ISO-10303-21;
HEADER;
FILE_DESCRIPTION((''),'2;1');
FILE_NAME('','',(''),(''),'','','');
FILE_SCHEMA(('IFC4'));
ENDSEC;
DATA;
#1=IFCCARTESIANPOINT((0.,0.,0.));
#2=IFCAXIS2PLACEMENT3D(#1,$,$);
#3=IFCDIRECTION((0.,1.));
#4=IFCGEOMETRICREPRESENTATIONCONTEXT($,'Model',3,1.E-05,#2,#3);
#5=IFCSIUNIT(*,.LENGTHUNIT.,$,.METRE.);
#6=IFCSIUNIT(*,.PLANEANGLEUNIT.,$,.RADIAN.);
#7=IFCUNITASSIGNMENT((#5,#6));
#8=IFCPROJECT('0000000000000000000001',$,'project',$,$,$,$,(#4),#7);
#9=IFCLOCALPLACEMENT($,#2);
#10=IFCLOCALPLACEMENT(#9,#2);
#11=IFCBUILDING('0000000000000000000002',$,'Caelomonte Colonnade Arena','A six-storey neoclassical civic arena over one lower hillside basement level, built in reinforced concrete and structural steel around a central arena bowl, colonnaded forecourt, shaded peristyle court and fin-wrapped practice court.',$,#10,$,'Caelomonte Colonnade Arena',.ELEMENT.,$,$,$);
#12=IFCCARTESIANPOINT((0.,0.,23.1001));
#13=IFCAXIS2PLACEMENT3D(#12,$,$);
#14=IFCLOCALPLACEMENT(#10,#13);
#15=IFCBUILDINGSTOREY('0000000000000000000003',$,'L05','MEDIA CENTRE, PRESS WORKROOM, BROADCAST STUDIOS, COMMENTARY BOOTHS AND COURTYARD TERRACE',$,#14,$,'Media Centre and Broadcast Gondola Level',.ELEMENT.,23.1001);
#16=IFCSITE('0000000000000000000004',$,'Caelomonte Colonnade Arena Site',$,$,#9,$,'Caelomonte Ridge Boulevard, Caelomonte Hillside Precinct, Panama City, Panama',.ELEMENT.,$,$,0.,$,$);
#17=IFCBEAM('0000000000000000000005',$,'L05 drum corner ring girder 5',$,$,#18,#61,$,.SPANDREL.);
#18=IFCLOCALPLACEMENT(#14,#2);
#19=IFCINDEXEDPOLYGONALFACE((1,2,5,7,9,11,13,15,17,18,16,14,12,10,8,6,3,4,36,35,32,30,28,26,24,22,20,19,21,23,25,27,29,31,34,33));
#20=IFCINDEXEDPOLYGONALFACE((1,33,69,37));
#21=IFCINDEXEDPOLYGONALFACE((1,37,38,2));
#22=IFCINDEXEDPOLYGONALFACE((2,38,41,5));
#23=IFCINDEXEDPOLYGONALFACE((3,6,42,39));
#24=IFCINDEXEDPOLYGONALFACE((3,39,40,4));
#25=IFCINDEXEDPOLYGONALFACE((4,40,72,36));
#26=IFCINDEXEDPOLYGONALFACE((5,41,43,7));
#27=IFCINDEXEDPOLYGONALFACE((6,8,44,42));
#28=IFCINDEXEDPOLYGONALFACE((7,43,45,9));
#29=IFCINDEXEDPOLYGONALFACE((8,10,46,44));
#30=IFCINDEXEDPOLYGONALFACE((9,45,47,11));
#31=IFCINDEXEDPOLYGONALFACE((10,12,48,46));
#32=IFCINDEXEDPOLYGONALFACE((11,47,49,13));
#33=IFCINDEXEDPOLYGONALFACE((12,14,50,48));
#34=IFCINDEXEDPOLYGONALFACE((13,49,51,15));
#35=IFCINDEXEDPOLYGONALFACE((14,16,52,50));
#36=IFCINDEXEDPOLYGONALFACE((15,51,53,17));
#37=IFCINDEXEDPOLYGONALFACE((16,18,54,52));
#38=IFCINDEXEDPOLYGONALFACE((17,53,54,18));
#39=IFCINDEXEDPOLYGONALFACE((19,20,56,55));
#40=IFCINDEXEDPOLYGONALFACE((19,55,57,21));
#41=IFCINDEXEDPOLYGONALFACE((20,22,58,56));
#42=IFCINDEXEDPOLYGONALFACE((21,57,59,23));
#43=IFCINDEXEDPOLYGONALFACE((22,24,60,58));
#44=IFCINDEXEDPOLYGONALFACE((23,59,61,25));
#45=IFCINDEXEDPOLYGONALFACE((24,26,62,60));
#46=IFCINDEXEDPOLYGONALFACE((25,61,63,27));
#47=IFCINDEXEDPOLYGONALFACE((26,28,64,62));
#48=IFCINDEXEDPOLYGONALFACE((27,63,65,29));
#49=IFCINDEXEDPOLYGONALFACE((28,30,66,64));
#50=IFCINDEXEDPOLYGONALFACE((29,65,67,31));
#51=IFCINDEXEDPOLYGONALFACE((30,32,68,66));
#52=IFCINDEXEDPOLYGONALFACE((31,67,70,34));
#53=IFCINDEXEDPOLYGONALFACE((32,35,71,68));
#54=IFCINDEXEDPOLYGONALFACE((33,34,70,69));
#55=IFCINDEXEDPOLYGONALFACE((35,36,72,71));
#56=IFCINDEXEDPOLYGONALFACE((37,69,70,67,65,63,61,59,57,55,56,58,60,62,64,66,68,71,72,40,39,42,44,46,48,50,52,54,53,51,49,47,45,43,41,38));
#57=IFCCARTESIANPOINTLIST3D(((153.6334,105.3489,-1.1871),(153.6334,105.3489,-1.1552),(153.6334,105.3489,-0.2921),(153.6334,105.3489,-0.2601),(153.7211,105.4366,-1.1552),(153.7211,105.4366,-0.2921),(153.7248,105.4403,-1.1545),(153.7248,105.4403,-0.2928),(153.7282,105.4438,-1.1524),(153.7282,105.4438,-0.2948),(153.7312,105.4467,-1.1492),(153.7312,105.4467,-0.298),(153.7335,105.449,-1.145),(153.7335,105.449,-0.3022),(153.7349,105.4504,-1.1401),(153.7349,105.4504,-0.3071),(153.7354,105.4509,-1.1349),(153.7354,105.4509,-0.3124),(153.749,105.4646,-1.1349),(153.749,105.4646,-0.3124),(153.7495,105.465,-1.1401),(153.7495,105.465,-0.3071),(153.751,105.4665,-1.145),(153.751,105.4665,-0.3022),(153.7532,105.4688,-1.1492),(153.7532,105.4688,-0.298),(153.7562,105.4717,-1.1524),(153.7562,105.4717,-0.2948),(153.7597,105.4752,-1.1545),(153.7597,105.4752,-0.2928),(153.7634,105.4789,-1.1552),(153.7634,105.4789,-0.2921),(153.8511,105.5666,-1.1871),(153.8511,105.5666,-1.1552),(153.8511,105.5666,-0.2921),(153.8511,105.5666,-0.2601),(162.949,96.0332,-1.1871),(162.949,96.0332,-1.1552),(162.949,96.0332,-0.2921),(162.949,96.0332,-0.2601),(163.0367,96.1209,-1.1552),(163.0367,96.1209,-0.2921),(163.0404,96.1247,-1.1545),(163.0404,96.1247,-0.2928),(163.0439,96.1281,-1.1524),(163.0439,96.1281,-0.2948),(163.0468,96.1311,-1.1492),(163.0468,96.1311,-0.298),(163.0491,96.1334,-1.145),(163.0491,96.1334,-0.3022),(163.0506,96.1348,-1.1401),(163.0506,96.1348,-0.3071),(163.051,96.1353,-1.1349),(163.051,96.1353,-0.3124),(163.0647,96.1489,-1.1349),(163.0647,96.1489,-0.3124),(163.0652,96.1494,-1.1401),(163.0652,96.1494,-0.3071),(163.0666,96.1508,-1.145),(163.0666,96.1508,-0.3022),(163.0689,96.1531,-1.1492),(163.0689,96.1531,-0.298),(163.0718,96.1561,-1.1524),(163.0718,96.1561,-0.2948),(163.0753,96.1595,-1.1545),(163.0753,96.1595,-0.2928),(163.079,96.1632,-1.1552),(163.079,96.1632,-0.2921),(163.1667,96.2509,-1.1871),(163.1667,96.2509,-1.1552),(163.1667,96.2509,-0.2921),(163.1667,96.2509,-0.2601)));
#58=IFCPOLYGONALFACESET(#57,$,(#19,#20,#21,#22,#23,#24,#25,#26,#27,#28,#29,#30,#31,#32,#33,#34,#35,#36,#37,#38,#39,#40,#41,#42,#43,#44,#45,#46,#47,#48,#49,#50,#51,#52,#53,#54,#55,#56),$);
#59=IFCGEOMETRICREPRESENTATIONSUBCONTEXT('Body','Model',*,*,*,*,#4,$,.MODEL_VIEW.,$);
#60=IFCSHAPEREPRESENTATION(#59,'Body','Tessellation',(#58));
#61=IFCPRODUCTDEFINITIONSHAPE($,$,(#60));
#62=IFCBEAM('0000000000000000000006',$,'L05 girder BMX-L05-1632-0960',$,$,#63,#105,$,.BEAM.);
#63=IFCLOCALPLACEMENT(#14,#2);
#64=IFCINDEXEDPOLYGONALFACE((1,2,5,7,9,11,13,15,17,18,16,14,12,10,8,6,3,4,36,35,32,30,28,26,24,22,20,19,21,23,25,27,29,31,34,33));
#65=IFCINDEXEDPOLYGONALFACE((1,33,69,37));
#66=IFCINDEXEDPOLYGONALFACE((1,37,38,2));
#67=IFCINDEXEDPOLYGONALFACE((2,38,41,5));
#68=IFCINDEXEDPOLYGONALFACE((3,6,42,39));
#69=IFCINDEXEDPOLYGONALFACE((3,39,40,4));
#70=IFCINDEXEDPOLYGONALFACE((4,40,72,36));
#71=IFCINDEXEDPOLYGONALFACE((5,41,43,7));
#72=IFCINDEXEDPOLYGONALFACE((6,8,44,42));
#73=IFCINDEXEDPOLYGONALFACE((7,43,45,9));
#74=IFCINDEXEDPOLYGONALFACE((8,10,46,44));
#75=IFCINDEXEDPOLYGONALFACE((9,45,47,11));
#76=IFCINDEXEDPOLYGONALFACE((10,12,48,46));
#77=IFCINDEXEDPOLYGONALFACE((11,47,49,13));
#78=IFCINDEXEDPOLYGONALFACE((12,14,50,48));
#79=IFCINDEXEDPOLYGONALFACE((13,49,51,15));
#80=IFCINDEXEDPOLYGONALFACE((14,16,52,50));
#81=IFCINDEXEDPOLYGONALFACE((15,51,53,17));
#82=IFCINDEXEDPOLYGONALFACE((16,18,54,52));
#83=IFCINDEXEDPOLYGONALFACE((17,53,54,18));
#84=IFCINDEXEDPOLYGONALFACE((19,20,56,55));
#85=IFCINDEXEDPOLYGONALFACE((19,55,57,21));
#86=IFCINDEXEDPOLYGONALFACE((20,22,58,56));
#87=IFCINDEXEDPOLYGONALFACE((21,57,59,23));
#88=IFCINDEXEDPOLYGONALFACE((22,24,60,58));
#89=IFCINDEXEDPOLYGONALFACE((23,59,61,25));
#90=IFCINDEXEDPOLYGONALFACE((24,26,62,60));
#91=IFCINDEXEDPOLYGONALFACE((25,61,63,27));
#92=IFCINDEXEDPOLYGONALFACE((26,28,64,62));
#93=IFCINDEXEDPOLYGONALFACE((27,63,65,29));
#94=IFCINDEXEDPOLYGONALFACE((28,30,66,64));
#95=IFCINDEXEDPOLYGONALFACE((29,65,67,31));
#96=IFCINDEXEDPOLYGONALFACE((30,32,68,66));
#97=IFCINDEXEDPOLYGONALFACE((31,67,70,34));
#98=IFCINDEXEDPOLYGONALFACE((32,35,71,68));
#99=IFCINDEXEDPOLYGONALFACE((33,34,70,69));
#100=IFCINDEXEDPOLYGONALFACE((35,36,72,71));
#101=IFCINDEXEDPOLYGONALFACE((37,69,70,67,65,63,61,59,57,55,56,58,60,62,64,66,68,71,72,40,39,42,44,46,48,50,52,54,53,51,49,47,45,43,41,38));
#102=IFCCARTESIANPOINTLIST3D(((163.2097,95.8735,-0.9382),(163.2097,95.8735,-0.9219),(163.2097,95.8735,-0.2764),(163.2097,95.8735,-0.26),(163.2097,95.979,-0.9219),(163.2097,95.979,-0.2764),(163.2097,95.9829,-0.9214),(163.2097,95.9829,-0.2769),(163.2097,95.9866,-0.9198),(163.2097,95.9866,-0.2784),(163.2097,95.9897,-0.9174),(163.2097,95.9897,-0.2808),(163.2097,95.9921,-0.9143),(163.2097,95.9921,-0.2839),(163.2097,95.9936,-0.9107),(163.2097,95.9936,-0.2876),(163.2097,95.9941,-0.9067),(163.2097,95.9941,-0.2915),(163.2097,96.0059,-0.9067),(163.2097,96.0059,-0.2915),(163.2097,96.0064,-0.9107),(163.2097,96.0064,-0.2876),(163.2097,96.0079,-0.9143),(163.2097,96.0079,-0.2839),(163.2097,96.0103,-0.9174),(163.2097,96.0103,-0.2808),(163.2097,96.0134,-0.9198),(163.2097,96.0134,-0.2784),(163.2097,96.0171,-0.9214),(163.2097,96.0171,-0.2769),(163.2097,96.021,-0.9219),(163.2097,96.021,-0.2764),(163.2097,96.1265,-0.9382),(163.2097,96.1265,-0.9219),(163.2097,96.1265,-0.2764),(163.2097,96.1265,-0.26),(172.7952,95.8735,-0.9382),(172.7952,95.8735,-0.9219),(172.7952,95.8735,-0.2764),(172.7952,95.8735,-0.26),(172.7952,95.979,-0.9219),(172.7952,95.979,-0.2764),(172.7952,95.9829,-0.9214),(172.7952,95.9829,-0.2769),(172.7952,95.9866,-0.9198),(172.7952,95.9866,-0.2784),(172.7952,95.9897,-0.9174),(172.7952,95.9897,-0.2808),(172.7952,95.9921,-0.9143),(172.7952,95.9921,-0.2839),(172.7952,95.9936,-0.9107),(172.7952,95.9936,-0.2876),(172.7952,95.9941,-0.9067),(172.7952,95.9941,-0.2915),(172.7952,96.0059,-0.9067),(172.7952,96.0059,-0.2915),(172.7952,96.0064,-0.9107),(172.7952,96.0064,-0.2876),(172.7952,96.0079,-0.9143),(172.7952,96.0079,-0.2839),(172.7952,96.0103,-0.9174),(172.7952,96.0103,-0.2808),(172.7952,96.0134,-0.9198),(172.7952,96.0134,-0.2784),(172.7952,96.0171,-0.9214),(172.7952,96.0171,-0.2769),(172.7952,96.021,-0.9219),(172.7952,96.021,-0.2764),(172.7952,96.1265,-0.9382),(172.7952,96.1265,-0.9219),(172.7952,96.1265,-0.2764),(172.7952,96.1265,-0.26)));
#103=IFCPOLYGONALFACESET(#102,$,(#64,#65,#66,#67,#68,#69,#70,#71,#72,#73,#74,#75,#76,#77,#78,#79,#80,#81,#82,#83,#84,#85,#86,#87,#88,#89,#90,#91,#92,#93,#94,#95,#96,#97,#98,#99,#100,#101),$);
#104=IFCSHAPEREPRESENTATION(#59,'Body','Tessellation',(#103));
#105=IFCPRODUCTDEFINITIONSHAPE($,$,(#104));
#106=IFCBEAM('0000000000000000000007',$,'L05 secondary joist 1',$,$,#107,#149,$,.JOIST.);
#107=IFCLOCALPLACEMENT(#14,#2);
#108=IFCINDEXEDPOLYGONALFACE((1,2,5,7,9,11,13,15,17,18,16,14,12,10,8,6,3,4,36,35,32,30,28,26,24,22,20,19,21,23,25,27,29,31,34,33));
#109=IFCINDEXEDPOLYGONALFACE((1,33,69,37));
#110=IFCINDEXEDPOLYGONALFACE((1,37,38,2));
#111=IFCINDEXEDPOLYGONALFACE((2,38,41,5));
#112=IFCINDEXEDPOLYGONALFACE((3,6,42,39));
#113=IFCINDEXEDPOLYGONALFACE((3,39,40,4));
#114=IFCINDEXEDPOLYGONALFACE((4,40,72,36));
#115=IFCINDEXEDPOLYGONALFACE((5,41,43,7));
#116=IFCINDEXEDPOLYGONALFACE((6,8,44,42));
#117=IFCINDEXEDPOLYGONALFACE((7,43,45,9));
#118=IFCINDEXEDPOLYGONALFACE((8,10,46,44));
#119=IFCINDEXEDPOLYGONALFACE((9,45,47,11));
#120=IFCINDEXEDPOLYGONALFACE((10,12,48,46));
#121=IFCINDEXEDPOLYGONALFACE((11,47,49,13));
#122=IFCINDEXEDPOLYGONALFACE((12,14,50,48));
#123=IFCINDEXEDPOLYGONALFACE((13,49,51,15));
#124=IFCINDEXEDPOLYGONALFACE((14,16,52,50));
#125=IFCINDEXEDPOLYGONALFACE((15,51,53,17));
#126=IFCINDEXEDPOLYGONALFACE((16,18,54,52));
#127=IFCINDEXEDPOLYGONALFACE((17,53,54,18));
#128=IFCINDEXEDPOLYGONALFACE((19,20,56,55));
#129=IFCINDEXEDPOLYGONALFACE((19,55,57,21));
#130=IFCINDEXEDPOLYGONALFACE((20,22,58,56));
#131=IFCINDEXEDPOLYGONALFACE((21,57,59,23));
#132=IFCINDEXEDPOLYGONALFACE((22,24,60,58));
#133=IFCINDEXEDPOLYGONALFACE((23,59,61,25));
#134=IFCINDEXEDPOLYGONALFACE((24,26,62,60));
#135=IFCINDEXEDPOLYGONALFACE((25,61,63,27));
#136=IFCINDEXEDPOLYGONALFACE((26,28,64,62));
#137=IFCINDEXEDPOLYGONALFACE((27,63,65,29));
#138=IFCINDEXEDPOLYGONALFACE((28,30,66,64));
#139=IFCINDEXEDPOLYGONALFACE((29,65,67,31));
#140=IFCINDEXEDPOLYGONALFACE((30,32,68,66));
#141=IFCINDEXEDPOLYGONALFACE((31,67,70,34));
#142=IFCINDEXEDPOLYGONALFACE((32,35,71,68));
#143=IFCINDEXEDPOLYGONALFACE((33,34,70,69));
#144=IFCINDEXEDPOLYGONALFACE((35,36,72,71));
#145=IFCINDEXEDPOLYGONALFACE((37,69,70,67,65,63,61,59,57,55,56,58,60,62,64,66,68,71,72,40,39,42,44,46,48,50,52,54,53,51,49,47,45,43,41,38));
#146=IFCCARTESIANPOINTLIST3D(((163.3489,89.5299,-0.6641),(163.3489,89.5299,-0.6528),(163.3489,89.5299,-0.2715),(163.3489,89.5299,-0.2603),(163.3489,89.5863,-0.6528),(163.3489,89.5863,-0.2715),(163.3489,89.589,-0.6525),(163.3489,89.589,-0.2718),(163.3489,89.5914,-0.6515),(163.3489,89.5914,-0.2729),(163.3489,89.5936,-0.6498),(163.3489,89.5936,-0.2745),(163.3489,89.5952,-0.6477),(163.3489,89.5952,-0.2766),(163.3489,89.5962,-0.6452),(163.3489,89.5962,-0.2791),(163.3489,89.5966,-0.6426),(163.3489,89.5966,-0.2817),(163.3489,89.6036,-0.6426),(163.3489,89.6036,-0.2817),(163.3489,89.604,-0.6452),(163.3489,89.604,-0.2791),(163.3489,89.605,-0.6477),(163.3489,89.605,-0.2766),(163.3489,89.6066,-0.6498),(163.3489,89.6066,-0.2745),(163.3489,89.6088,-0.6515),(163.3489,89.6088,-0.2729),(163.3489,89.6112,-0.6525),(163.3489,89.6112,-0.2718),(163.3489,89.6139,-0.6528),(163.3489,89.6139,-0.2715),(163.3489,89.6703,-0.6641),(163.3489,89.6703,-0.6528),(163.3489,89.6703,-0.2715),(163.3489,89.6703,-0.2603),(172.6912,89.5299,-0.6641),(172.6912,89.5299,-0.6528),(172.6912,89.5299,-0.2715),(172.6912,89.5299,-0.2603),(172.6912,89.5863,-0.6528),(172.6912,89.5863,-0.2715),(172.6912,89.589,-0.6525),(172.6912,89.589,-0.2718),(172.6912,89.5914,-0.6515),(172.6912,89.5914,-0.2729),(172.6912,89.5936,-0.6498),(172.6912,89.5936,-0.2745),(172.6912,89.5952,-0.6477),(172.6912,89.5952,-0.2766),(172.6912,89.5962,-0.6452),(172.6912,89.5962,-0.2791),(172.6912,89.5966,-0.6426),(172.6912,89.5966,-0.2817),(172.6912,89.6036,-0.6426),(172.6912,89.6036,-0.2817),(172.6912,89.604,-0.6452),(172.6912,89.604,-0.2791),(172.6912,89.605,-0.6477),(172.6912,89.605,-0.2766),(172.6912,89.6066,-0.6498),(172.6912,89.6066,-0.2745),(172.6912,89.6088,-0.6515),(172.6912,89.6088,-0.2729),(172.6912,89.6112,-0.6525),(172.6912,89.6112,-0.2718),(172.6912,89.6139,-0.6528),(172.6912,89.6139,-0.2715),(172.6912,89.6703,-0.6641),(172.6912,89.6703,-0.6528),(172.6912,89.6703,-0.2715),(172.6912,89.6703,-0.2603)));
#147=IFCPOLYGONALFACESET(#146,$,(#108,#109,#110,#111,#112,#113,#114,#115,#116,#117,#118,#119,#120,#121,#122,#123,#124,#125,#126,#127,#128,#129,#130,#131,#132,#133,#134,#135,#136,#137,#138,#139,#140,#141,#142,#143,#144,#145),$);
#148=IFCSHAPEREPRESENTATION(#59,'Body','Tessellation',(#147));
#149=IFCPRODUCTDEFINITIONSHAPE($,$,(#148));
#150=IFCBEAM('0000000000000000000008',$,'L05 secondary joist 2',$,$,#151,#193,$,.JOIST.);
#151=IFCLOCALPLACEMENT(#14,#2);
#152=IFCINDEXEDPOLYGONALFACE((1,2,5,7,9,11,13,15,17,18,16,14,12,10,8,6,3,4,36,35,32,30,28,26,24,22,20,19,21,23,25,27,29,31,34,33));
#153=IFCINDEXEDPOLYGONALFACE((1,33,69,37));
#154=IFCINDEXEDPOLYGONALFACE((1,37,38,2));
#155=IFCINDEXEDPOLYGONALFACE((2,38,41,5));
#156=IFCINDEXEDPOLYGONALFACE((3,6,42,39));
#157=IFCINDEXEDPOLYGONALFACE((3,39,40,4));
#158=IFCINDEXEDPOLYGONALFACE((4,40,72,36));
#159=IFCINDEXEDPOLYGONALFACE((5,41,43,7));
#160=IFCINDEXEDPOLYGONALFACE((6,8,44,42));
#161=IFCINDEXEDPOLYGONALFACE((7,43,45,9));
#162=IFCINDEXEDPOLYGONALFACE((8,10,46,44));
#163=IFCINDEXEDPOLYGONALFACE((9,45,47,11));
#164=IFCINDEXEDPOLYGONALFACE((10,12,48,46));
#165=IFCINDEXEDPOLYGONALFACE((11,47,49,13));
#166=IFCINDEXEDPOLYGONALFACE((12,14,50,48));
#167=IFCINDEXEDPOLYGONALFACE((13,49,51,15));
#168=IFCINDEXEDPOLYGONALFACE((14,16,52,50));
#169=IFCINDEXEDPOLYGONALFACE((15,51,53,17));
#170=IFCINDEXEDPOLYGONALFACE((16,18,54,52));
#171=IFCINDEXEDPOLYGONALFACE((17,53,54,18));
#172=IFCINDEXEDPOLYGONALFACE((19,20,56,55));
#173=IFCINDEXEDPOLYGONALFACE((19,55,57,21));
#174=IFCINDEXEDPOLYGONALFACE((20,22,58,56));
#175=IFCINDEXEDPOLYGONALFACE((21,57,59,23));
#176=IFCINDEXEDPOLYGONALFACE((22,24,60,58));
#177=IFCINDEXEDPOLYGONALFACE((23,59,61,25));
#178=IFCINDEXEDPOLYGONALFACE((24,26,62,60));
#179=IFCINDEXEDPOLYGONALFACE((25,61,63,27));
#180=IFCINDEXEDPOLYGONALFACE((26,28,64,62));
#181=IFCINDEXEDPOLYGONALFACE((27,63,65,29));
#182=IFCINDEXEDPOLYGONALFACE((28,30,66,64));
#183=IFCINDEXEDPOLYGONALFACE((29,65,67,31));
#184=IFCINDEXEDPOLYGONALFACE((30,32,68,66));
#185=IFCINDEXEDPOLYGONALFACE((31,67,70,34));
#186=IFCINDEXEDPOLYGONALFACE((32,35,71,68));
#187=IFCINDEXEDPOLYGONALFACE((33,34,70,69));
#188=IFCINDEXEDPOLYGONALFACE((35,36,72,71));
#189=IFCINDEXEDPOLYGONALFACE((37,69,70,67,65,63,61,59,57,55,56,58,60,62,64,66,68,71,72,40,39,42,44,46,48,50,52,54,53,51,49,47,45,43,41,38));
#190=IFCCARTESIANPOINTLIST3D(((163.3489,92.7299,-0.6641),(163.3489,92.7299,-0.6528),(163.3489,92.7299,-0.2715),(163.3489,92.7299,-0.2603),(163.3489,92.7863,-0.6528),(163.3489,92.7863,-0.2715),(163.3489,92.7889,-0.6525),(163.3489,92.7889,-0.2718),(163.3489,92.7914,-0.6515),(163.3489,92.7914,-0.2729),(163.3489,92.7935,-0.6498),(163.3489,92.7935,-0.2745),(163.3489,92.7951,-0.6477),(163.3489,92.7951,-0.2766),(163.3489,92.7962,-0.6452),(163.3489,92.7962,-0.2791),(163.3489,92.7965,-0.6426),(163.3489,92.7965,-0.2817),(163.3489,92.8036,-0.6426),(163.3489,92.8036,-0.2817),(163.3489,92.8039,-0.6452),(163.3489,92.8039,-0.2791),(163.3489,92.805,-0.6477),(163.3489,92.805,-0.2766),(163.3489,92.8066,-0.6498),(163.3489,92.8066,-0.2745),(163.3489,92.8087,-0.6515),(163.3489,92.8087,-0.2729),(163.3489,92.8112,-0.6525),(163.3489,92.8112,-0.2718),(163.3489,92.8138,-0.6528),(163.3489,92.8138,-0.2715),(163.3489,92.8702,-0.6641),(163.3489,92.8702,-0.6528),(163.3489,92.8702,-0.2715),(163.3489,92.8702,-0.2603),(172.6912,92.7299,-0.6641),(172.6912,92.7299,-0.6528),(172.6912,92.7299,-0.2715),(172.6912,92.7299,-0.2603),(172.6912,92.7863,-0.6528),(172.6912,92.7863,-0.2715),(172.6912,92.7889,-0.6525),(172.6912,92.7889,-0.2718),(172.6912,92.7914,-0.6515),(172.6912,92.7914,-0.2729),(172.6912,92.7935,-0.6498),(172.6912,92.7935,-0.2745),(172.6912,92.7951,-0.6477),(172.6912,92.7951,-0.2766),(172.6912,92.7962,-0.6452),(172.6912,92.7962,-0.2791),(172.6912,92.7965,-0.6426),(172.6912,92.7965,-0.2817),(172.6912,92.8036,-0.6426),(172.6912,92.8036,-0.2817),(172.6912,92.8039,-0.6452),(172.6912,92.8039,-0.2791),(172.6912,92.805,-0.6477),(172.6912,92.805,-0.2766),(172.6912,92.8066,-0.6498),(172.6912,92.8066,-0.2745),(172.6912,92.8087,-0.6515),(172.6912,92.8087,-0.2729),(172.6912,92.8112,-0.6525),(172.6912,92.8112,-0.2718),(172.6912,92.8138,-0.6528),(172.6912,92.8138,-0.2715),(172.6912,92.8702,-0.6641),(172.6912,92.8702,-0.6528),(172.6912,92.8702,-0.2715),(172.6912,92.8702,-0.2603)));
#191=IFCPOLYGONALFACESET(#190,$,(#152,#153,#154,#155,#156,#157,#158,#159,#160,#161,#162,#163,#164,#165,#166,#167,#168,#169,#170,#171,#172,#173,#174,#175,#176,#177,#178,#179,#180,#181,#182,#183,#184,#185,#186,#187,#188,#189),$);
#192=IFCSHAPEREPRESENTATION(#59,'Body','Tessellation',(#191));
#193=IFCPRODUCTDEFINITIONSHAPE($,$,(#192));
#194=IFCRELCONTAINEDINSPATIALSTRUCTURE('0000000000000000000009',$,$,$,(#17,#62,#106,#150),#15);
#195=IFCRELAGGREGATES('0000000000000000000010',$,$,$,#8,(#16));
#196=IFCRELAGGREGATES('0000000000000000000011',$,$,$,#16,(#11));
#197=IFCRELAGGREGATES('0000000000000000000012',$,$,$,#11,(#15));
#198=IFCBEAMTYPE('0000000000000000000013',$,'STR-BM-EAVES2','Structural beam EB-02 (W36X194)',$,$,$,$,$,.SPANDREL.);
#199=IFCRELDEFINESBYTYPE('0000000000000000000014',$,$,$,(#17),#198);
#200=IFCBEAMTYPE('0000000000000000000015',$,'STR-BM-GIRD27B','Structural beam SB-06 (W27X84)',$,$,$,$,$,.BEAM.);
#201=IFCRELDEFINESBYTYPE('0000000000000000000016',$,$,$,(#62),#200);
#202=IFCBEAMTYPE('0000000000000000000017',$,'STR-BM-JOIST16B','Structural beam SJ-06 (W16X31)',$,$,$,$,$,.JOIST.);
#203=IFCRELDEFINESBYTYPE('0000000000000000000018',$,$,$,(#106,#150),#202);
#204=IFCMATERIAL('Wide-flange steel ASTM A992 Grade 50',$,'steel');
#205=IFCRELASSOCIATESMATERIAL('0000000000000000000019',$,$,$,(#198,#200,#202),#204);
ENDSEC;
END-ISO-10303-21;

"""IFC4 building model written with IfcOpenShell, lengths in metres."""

from ifc_helpers import new_model, si_unit, direction, frame, origin, origin_2d, place, context, subcontext, project, spatial, i_section, extrude, material, material_profile, profile_set, type_object, element, save


model = new_model("IFC4")

# Units and contexts
model_context = context("Model", 3, precision=1e-05, world=origin(), true_north=direction((0.0, 1.0)))
body_context = subcontext(model_context, "Body", "Model", "MODEL_VIEW")
ifc_project = project(units=[si_unit("LENGTHUNIT", "METRE"), si_unit("PLANEANGLEUNIT", "RADIAN")], contexts=[model_context])

# Site, building, storey
site_placement = place(None, origin())
site = spatial("IfcSite", under=ifc_project, at=site_placement, Name="Caelomonte Colonnade Arena Site", LongName="Caelomonte Ridge Boulevard, Caelomonte Hillside Precinct, Panama City, Panama", CompositionType="ELEMENT", RefElevation=0.0)
building_placement = place(site_placement, origin())
building = spatial("IfcBuilding", under=site, at=building_placement, Name="Caelomonte Colonnade Arena", Description="A six-storey neoclassical civic arena over one lower hillside basement level, built in reinforced concrete and structural steel around a central arena bowl, colonnaded forecourt, shaded peristyle court and fin-wrapped practice court.", LongName="Caelomonte Colonnade Arena", CompositionType="ELEMENT")
storey_placement = place(building_placement, frame((0.0, 0.0, 23.1001)))
storey = spatial("IfcBuildingStorey", under=building, at=storey_placement, Name="L05", Description="MEDIA CENTRE, PRESS WORKROOM, BROADCAST STUDIOS, COMMENTARY BOOTHS AND COURTYARD TERRACE", LongName="Media Centre and Broadcast Gondola Level", CompositionType="ELEMENT", Elevation=23.1001)

# Shared definitions
ifc_material_1 = material(Name="Wide-flange steel ASTM A992 Grade 50", Category="steel")

# Beams
ifc_material_profile_1 = material_profile(ifc_material_1, i_section(OverallWidth=0.3079, OverallDepth=0.927, WebThickness=0.0193, FlangeThickness=0.032, FilletRadius=0.0203, at=origin_2d()), Name="W36X194")
ifc_profile_set_1 = profile_set([ifc_material_profile_1], Name="Wide-flange steel ASTM A992 Grade 50")
beam_type_1 = type_object("IfcBeamType", Name="STR-BM-EAVES2", Description="Structural beam EB-02 (W36X194)", PredefinedType="SPANDREL", material=ifc_profile_set_1)
beam_1_placement = place(storey_placement, frame((163.0579, 96.1421, -0.7236), z_axis=(-0.707107, 0.707107, 0.0), x_axis=(-0.707107, -0.707107, 0.0)))
element("IfcBeam", 1, at=beam_1_placement, inside=storey, type_object=beam_type_1, Name="L05 drum corner ring girder 5", PredefinedType="SPANDREL", context=body_context, shape_type="SweptSolid", body=[
    extrude(i_section(OverallWidth=0.3079, OverallDepth=0.927, WebThickness=0.0193, FlangeThickness=0.032, FilletRadius=0.0203, at=origin_2d()), origin(), (0.0, 0.0, 1.0), 13.1743),
])
ifc_material_profile_2 = material_profile(ifc_material_1, i_section(OverallWidth=0.2529, OverallDepth=0.6782, WebThickness=0.0117, FlangeThickness=0.0164, FilletRadius=0.0151, at=origin_2d()), Name="W27X84")
ifc_profile_set_2 = profile_set([ifc_material_profile_2], Name="Wide-flange steel ASTM A992 Grade 50")
beam_type_2 = type_object("IfcBeamType", Name="STR-BM-GIRD27B", Description="Structural beam SB-06 (W27X84)", PredefinedType="BEAM", material=ifc_profile_set_2)
beam_2_placement = place(storey_placement, frame((163.2097, 96.0, -0.5991), z_axis=(1.0, 0.0, 0.0), x_axis=(0.0, 1.0, 0.0)))
element("IfcBeam", 2, at=beam_2_placement, inside=storey, type_object=beam_type_2, Name="L05 girder BMX-L05-1632-0960", PredefinedType="BEAM", context=body_context, shape_type="SweptSolid", body=[
    extrude(i_section(OverallWidth=0.2529, OverallDepth=0.6782, WebThickness=0.0117, FlangeThickness=0.0164, FilletRadius=0.0151, at=origin_2d()), origin(), (0.0, 0.0, 1.0), 9.5854),
])
ifc_material_profile_3 = material_profile(ifc_material_1, i_section(OverallWidth=0.1404, OverallDepth=0.4038, WebThickness=0.0071, FlangeThickness=0.0112, FilletRadius=0.0103, at=origin_2d()), Name="W16X31")
ifc_profile_set_3 = profile_set([ifc_material_profile_3], Name="Wide-flange steel ASTM A992 Grade 50")
beam_type_3 = type_object("IfcBeamType", Name="STR-BM-JOIST16B", Description="Structural beam SJ-06 (W16X31)", PredefinedType="JOIST", material=ifc_profile_set_3)
for number, where, z_axis, x_axis, name in (
    (3, (163.3489, 89.6001, -0.4622), (1.0, 0.0, 0.0), (0.0, 1.0, 0.0), "L05 secondary joist 1"),
    (4, (163.3489, 92.8, -0.4622), (1.0, 0.0, 0.0), (0.0, 1.0, 0.0), "L05 secondary joist 2"),
):
    element("IfcBeam", number, at=place(storey_placement, frame(where, z_axis=z_axis, x_axis=x_axis)), inside=storey, type_object=beam_type_3, Name=name, PredefinedType="JOIST", context=body_context, shape_type="SweptSolid", body=[
        extrude(i_section(OverallWidth=0.1404, OverallDepth=0.4038, WebThickness=0.0071, FlangeThickness=0.0112, FilletRadius=0.0103, at=origin_2d()), origin(), (0.0, 0.0, 1.0), 9.3423),
    ])

save(model, "model.ifc")
